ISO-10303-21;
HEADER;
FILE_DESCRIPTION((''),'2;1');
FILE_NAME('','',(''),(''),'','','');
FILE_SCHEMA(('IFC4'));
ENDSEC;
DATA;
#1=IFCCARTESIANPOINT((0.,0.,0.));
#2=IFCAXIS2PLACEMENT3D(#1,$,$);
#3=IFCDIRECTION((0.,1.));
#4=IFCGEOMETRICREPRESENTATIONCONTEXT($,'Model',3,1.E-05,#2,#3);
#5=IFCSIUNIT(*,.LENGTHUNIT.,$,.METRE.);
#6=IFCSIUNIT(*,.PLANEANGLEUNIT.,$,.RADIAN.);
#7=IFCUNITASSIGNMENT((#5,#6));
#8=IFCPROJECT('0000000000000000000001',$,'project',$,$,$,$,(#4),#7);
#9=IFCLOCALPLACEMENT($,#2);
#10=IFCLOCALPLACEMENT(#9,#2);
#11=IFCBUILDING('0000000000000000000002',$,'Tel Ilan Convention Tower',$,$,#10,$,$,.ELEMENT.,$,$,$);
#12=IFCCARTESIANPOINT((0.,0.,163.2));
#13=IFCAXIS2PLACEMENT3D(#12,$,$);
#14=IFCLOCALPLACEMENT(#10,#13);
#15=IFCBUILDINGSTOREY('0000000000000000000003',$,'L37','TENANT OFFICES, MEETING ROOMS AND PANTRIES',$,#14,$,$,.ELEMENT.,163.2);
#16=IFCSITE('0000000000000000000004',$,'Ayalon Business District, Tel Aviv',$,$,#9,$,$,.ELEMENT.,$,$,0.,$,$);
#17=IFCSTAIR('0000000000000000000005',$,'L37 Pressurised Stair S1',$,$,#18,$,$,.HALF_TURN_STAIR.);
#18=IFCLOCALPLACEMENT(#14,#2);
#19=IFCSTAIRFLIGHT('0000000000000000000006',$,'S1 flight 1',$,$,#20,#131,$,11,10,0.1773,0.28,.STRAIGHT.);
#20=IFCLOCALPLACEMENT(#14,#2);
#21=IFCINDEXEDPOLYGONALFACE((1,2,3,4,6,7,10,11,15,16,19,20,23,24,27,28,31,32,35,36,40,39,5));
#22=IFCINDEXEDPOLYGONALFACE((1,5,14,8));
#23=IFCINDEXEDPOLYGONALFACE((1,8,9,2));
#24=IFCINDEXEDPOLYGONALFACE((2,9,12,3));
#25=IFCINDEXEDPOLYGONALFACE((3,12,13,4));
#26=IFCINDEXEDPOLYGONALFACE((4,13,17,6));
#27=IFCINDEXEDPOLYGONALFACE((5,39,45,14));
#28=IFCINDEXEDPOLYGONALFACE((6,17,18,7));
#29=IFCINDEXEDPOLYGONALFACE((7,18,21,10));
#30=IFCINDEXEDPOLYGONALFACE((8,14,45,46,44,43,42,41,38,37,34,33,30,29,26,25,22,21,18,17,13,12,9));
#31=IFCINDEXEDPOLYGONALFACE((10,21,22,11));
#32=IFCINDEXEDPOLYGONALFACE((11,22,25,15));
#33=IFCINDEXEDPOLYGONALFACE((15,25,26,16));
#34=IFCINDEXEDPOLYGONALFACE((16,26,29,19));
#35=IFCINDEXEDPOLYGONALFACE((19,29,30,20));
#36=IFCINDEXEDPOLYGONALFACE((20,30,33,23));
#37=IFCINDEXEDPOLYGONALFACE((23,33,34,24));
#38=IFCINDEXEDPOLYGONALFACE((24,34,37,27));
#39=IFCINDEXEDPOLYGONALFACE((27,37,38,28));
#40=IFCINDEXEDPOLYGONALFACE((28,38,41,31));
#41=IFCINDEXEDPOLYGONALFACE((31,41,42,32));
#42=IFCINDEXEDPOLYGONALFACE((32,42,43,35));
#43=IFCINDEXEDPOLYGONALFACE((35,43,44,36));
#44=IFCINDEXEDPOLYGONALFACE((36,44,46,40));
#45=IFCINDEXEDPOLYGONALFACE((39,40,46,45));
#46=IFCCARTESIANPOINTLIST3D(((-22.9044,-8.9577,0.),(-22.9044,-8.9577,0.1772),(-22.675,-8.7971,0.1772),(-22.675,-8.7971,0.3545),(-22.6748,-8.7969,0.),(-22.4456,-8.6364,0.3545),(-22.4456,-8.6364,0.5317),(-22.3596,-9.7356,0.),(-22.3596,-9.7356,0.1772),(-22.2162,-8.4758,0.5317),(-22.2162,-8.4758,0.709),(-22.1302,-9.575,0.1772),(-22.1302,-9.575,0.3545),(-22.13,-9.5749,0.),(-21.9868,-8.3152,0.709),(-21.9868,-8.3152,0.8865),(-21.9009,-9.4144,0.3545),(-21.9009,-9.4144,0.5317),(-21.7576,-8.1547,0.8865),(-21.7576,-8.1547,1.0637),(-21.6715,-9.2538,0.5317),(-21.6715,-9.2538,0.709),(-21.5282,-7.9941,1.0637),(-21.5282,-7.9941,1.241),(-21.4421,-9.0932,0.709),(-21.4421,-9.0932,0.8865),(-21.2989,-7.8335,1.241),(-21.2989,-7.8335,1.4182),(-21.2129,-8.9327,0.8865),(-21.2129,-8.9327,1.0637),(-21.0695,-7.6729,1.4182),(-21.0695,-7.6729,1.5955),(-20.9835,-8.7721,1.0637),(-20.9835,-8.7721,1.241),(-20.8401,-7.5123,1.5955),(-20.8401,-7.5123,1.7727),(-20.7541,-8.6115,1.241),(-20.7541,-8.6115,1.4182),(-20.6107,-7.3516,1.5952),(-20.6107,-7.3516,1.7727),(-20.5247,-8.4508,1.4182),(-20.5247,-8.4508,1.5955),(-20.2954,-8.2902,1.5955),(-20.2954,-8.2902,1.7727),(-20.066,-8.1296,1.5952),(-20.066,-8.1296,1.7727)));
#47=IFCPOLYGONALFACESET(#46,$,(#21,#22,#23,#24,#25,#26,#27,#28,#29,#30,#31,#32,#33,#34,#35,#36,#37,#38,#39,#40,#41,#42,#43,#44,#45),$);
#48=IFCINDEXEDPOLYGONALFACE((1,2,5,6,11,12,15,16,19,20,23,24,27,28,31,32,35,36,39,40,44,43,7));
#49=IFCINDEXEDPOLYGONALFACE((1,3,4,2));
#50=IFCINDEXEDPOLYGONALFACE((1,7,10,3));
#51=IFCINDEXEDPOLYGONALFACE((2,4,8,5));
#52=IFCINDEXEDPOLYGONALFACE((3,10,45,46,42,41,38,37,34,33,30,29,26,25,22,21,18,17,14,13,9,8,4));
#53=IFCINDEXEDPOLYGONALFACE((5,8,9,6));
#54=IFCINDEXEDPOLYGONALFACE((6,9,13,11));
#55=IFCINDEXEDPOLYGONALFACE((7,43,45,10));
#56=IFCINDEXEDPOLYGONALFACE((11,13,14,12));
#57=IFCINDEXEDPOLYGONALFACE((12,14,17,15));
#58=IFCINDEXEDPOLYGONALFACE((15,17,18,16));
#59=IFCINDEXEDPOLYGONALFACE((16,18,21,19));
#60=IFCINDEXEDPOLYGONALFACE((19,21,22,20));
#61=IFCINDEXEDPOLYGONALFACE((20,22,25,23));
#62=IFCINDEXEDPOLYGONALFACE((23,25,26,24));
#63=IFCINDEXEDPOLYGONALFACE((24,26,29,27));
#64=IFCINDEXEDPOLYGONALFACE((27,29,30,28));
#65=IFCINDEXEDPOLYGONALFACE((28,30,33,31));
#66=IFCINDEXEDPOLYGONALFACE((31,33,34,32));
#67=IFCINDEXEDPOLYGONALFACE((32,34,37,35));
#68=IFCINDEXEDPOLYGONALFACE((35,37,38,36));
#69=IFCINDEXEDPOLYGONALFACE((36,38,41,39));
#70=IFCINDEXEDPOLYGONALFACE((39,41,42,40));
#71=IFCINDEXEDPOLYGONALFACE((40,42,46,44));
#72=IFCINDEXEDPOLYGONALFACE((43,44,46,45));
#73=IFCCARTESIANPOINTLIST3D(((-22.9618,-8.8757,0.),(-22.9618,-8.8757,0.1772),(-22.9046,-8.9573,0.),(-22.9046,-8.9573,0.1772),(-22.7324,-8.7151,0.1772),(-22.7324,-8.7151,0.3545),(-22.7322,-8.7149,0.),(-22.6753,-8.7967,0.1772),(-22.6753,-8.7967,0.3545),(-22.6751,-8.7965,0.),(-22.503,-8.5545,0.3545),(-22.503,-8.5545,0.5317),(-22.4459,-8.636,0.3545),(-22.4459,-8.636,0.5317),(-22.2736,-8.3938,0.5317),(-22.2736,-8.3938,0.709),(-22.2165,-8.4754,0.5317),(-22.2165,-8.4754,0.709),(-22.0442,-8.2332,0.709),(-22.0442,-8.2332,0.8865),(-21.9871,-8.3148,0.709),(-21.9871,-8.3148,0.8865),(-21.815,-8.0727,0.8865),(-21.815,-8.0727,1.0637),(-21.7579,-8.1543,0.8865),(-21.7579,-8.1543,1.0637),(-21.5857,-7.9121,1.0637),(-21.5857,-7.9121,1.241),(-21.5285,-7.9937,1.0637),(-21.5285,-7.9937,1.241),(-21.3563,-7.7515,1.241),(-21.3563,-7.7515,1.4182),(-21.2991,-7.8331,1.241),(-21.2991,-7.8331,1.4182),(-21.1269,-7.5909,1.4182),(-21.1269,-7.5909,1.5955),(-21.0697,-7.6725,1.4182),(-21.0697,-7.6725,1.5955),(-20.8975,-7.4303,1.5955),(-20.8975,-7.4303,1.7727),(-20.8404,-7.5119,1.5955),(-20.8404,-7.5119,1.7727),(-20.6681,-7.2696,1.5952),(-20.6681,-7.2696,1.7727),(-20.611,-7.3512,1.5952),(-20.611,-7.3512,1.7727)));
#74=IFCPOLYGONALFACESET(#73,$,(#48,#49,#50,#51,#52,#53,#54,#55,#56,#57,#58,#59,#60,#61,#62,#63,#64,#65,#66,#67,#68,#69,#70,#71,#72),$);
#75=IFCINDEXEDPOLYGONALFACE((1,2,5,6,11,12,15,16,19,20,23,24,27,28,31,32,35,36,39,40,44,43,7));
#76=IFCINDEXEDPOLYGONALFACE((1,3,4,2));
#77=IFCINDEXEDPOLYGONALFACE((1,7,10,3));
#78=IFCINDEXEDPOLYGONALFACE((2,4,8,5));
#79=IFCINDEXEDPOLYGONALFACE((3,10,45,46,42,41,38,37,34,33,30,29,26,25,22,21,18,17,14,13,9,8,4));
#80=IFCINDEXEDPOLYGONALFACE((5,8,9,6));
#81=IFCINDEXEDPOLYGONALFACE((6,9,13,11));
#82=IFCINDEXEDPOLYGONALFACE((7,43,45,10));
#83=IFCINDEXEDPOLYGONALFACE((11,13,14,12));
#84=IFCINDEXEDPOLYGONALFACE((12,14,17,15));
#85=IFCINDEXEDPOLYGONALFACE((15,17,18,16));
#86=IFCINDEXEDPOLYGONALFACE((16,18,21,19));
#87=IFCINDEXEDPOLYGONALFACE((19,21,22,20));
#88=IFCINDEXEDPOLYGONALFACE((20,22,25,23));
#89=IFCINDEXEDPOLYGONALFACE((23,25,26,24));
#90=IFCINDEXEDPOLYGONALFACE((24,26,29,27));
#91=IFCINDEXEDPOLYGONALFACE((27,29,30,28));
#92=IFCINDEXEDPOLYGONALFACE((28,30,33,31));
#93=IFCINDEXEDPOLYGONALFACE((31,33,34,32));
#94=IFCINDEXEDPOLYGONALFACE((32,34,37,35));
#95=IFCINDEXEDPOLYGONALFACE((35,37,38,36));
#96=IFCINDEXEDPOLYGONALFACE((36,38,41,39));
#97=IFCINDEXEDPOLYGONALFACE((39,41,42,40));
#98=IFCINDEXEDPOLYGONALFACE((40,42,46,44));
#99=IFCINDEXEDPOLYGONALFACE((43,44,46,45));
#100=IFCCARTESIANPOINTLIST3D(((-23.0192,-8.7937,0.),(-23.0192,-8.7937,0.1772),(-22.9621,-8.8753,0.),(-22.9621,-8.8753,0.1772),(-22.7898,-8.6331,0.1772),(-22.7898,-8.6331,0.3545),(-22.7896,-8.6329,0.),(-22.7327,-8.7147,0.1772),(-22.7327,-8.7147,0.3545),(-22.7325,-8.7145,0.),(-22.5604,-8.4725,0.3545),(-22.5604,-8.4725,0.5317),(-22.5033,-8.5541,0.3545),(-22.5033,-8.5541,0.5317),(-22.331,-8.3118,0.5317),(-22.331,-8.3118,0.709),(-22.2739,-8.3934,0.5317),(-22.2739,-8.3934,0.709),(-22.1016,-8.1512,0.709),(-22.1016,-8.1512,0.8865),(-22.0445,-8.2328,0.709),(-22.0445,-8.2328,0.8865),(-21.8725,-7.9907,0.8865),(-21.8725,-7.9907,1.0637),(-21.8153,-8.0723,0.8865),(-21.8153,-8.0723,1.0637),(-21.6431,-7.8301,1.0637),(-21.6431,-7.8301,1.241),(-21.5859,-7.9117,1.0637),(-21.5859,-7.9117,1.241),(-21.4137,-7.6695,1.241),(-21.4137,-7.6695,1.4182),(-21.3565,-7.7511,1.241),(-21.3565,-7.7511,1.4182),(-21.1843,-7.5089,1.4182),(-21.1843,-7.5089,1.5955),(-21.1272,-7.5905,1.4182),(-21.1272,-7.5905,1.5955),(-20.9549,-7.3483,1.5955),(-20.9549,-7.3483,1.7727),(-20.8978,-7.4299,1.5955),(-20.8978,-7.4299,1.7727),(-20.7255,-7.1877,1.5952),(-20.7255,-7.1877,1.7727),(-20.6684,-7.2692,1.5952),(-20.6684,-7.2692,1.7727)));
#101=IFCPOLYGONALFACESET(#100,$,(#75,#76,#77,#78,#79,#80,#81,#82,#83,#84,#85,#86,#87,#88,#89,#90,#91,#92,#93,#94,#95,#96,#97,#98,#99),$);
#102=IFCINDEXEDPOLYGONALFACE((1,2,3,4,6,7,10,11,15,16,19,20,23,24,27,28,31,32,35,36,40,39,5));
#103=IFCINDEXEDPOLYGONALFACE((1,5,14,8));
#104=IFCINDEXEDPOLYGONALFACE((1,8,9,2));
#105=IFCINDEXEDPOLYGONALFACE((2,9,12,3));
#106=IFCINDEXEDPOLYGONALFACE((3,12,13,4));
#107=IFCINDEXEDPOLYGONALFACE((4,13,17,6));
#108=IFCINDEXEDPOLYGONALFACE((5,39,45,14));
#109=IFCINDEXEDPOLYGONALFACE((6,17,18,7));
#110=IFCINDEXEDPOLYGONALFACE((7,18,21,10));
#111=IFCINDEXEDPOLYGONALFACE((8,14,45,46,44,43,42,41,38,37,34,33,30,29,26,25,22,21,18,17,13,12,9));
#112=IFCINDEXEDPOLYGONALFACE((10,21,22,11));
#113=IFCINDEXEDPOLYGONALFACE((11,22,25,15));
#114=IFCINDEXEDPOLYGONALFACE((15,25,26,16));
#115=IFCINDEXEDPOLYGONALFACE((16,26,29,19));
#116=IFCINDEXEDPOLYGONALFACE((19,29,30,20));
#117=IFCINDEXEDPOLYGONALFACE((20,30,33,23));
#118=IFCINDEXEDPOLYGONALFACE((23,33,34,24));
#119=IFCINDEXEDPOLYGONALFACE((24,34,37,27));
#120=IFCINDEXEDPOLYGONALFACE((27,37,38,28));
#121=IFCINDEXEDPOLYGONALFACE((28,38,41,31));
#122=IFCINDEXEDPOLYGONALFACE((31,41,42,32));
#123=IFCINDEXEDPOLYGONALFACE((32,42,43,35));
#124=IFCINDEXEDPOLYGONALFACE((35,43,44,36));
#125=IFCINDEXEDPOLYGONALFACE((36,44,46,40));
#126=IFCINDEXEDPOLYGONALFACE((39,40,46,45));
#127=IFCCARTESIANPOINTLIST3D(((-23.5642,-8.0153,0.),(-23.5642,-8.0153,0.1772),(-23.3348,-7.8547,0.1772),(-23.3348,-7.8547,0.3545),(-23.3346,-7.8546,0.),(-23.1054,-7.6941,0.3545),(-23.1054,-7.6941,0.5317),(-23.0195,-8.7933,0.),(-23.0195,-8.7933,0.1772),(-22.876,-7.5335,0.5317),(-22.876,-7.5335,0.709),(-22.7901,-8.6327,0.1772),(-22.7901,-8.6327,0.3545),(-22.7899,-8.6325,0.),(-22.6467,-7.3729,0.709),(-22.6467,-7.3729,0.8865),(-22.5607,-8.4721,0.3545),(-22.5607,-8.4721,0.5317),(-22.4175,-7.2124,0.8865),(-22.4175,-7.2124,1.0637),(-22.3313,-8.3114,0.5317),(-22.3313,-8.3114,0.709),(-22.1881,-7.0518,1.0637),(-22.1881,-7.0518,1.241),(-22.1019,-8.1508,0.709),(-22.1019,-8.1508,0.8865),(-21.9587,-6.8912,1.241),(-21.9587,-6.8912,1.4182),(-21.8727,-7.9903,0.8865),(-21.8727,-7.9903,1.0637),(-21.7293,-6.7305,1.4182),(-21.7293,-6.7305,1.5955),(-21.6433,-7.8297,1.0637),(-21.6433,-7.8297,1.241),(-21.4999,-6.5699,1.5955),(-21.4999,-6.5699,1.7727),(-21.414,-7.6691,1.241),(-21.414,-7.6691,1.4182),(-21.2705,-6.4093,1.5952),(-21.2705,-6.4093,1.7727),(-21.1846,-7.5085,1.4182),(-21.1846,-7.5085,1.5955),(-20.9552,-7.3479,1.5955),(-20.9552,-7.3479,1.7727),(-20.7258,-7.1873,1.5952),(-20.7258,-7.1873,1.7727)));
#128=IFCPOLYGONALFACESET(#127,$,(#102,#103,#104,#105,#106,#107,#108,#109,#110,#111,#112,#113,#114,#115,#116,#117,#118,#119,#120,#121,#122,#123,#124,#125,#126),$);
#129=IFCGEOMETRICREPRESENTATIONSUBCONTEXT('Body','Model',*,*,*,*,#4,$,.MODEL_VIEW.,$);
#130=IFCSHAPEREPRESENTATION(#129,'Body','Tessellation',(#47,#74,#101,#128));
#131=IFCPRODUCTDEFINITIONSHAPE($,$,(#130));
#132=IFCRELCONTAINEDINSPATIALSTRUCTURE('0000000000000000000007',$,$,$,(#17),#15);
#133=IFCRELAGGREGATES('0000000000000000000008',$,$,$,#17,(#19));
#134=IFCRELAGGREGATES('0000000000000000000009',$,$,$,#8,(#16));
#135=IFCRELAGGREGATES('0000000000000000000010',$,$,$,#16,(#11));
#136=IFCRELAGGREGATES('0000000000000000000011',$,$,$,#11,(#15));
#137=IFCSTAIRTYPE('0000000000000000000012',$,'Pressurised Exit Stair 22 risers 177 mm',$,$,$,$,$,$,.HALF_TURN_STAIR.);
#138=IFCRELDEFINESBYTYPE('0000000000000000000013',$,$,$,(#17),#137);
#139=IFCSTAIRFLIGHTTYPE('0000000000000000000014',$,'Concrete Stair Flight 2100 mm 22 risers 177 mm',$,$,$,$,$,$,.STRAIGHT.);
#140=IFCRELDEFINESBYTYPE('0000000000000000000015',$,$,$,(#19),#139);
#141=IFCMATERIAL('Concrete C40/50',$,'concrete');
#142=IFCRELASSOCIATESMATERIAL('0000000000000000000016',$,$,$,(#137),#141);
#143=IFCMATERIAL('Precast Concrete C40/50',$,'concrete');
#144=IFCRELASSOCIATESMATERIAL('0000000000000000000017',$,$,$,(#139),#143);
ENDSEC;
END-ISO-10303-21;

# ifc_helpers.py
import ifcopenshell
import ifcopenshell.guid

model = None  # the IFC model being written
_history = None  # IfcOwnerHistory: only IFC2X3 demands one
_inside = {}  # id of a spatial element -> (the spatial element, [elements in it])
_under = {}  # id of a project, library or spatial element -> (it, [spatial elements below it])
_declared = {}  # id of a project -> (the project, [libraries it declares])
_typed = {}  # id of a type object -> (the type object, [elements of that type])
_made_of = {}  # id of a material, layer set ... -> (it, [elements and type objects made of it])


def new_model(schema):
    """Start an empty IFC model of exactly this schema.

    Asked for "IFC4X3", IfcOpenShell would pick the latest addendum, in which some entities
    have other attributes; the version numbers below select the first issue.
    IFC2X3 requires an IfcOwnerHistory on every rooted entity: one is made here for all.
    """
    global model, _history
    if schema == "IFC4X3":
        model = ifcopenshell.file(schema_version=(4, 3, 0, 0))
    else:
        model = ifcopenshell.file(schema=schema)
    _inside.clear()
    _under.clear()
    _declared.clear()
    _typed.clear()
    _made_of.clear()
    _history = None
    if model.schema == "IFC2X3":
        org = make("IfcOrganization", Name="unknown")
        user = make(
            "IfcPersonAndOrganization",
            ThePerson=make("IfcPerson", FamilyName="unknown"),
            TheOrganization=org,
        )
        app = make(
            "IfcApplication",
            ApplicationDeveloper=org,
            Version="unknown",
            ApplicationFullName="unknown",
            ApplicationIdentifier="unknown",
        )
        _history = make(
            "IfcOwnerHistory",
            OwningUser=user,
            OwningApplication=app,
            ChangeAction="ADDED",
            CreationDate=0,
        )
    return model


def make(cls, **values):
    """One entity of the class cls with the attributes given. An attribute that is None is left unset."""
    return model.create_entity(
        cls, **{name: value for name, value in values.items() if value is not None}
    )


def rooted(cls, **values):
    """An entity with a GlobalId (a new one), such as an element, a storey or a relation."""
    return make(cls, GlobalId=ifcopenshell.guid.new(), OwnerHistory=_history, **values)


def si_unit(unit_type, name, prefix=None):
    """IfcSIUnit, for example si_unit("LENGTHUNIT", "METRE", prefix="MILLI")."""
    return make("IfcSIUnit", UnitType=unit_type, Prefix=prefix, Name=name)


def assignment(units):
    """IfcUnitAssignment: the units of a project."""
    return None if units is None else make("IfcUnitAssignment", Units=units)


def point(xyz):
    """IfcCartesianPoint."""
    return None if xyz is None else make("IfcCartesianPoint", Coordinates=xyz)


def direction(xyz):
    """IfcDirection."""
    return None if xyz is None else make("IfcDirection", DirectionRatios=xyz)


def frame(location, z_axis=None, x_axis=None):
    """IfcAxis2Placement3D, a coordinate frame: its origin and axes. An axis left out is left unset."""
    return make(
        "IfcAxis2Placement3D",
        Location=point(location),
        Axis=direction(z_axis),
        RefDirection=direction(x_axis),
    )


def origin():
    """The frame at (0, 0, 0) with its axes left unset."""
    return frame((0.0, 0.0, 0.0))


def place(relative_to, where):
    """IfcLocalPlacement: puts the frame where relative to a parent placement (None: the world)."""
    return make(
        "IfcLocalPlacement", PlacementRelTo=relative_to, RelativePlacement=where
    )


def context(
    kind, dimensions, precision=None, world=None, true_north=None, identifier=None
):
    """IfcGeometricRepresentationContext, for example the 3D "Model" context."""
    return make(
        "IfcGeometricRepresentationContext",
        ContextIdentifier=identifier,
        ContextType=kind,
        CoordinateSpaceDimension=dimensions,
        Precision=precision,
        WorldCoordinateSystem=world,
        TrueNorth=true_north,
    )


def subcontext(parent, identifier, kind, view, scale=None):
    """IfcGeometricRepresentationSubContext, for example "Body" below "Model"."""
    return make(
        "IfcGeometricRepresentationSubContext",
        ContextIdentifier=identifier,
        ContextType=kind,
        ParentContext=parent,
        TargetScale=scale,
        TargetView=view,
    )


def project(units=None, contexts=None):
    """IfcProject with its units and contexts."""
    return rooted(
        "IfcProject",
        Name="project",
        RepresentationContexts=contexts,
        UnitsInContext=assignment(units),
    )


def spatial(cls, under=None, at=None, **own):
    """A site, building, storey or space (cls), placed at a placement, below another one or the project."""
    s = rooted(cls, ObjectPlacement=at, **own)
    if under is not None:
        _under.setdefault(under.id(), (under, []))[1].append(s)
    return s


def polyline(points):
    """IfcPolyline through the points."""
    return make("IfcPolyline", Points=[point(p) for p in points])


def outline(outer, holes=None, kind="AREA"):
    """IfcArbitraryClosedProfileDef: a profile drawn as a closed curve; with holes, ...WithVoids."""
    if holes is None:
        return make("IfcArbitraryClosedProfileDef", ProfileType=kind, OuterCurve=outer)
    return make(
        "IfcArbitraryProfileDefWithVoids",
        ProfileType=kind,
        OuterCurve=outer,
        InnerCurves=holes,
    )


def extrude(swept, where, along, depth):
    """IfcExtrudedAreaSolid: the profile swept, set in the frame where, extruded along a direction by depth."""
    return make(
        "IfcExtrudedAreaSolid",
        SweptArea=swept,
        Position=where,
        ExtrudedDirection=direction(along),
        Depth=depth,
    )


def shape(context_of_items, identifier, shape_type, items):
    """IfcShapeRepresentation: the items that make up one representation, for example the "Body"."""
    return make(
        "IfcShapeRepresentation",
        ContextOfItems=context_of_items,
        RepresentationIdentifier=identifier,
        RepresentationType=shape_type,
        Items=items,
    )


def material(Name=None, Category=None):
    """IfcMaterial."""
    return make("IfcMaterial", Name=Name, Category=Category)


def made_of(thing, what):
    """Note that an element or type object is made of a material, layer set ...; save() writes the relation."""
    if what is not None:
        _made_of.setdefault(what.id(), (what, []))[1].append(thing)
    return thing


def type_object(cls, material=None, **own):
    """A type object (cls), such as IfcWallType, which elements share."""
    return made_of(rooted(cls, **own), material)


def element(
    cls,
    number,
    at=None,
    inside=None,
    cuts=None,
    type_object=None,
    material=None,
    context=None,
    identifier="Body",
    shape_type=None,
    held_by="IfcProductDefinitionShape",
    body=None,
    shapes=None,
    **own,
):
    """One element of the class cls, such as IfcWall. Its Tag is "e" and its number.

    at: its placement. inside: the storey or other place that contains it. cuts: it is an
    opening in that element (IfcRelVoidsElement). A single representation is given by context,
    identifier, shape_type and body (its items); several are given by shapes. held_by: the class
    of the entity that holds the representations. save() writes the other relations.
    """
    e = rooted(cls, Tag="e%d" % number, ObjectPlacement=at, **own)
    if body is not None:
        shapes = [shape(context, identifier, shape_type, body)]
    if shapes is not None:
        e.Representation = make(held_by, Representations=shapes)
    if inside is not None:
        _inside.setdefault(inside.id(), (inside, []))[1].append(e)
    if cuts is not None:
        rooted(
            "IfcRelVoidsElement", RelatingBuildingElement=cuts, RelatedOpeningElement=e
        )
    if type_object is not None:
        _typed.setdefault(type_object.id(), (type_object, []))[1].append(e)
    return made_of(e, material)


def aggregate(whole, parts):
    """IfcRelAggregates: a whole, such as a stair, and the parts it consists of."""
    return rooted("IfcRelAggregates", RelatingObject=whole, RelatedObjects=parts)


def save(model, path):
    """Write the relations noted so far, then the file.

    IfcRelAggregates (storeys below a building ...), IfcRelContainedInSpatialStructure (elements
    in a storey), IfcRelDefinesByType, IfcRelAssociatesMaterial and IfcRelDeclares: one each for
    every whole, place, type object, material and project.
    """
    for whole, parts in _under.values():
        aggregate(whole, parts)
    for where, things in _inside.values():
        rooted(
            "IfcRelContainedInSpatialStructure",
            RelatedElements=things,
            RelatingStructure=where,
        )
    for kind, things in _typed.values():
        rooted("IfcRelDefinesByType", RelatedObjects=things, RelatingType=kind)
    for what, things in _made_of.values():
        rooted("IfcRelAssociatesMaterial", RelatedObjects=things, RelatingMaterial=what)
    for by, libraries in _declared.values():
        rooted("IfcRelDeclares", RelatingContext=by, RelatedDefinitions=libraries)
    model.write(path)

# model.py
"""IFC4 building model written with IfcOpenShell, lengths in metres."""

from ifc_helpers import new_model, si_unit, direction, frame, origin, place, context, subcontext, project, spatial, polyline, outline, extrude, material, type_object, element, aggregate, save


model = new_model("IFC4")

# Units and contexts
model_context = context("Model", 3, precision=1e-05, world=origin(), true_north=direction((0.0, 1.0)))
body_context = subcontext(model_context, "Body", "Model", "MODEL_VIEW")
ifc_project = project(units=[si_unit("LENGTHUNIT", "METRE"), si_unit("PLANEANGLEUNIT", "RADIAN")], contexts=[model_context])

# Site, building, storey
site_placement = place(None, origin())
site = spatial("IfcSite", under=ifc_project, at=site_placement, Name="Ayalon Business District, Tel Aviv", CompositionType="ELEMENT", RefElevation=0.0)
building_placement = place(site_placement, origin())
building = spatial("IfcBuilding", under=site, at=building_placement, Name="Tel Ilan Convention Tower", CompositionType="ELEMENT")
storey_placement = place(building_placement, frame((0.0, 0.0, 163.2)))
storey = spatial("IfcBuildingStorey", under=building, at=storey_placement, Name="L37", Description="TENANT OFFICES, MEETING ROOMS AND PANTRIES", CompositionType="ELEMENT", Elevation=163.2)

# Stair, stair flight
ifc_material_1 = material(Name="Concrete C40/50", Category="concrete")
stair_type = type_object("IfcStairType", Name="Pressurised Exit Stair 22 risers 177 mm", PredefinedType="HALF_TURN_STAIR", material=ifc_material_1)
stair_1_placement = place(storey_placement, origin())
stair_1 = element("IfcStair", 1, at=stair_1_placement, inside=storey, type_object=stair_type, Name="L37 Pressurised Stair S1", PredefinedType="HALF_TURN_STAIR")
ifc_material_2 = material(Name="Precast Concrete C40/50", Category="concrete")
stair_flight_type = type_object("IfcStairFlightType", Name="Concrete Stair Flight 2100 mm 22 risers 177 mm", PredefinedType="STRAIGHT", material=ifc_material_2)
stair_flight_1_placement = place(storey_placement, frame((-22.9619, -8.8755, 0.0), z_axis=(0.0, 0.0, 1.0), x_axis=(0.819152, 0.573576, 0.0)))
stair_flight_1 = element("IfcStairFlight", 2, at=stair_flight_1_placement, type_object=stair_flight_type, Name="S1 flight 1", NumberOfRisers=11, NumberOfTreads=10, PredefinedType="STRAIGHT", RiserHeight=0.1773, TreadLength=0.28, context=body_context, shape_type="SweptSolid", body=[
    extrude(outline(polyline([(0.0, 0.0), (0.0, 0.1772), (0.28, 0.1772), (0.28, 0.3545), (0.5601, 0.3545), (0.5601, 0.5317), (0.8401, 0.5317), (0.8401, 0.709), (1.1201, 0.709), (1.1201, 0.8865), (1.3999, 0.8865), (1.3999, 1.0637), (1.6799, 1.0637), (1.6799, 1.241), (1.96, 1.241), (1.96, 1.4182), (2.24, 1.4182), (2.24, 1.5955), (2.52, 1.5955), (2.52, 1.7727), (2.8, 1.7727), (2.8, 1.95), (2.8, 1.5952), (0.2803, 0.0), (0.0, 0.0)])), frame((0.0, -0.1003, 0.0), z_axis=(0.0, -1.0, 0.0), x_axis=(1.0, 0.0, 0.0)), (0.0, 0.0, 1.0), 0.9497),
    extrude(outline(polyline([(0.0, 0.0), (0.0, 0.1772), (0.28, 0.1772), (0.28, 0.3545), (0.5601, 0.3545), (0.5601, 0.5317), (0.8401, 0.5317), (0.8401, 0.709), (1.1201, 0.709), (1.1201, 0.8865), (1.3999, 0.8865), (1.3999, 1.0637), (1.6799, 1.0637), (1.6799, 1.241), (1.96, 1.241), (1.96, 1.4182), (2.24, 1.4182), (2.24, 1.5955), (2.52, 1.5955), (2.52, 1.7727), (2.8, 1.7727), (2.8, 1.95), (2.8, 1.5952), (0.2803, 0.0), (0.0, 0.0)])), frame((0.0, -0.0002, 0.0), z_axis=(0.0, -1.0, 0.0), x_axis=(1.0, 0.0, 0.0)), (0.0, 0.0, 1.0), 0.0996),
    extrude(outline(polyline([(0.0, 0.0), (0.0, 0.1772), (0.28, 0.1772), (0.28, 0.3545), (0.5601, 0.3545), (0.5601, 0.5317), (0.8401, 0.5317), (0.8401, 0.709), (1.1201, 0.709), (1.1201, 0.8865), (1.3999, 0.8865), (1.3999, 1.0637), (1.6799, 1.0637), (1.6799, 1.241), (1.96, 1.241), (1.96, 1.4182), (2.24, 1.4182), (2.24, 1.5955), (2.52, 1.5955), (2.52, 1.7727), (2.8, 1.7727), (2.8, 1.95), (2.8, 1.5952), (0.2803, 0.0), (0.0, 0.0)])), frame((0.0, 0.0999, 0.0), z_axis=(0.0, -1.0, 0.0), x_axis=(1.0, 0.0, 0.0)), (0.0, 0.0, 1.0), 0.0996),
    extrude(outline(polyline([(0.0, 0.0), (0.0, 0.1772), (0.28, 0.1772), (0.28, 0.3545), (0.5601, 0.3545), (0.5601, 0.5317), (0.8401, 0.5317), (0.8401, 0.709), (1.1201, 0.709), (1.1201, 0.8865), (1.3999, 0.8865), (1.3999, 1.0637), (1.6799, 1.0637), (1.6799, 1.241), (1.96, 1.241), (1.96, 1.4182), (2.24, 1.4182), (2.24, 1.5955), (2.52, 1.5955), (2.52, 1.7727), (2.8, 1.7727), (2.8, 1.95), (2.8, 1.5952), (0.2803, 0.0), (0.0, 0.0)])), frame((0.0, 1.05, 0.0), z_axis=(0.0, -1.0, 0.0), x_axis=(1.0, 0.0, 0.0)), (0.0, 0.0, 1.0), 0.9497),
])
aggregate(stair_1, [stair_flight_1])

save(model, "model.ifc")
